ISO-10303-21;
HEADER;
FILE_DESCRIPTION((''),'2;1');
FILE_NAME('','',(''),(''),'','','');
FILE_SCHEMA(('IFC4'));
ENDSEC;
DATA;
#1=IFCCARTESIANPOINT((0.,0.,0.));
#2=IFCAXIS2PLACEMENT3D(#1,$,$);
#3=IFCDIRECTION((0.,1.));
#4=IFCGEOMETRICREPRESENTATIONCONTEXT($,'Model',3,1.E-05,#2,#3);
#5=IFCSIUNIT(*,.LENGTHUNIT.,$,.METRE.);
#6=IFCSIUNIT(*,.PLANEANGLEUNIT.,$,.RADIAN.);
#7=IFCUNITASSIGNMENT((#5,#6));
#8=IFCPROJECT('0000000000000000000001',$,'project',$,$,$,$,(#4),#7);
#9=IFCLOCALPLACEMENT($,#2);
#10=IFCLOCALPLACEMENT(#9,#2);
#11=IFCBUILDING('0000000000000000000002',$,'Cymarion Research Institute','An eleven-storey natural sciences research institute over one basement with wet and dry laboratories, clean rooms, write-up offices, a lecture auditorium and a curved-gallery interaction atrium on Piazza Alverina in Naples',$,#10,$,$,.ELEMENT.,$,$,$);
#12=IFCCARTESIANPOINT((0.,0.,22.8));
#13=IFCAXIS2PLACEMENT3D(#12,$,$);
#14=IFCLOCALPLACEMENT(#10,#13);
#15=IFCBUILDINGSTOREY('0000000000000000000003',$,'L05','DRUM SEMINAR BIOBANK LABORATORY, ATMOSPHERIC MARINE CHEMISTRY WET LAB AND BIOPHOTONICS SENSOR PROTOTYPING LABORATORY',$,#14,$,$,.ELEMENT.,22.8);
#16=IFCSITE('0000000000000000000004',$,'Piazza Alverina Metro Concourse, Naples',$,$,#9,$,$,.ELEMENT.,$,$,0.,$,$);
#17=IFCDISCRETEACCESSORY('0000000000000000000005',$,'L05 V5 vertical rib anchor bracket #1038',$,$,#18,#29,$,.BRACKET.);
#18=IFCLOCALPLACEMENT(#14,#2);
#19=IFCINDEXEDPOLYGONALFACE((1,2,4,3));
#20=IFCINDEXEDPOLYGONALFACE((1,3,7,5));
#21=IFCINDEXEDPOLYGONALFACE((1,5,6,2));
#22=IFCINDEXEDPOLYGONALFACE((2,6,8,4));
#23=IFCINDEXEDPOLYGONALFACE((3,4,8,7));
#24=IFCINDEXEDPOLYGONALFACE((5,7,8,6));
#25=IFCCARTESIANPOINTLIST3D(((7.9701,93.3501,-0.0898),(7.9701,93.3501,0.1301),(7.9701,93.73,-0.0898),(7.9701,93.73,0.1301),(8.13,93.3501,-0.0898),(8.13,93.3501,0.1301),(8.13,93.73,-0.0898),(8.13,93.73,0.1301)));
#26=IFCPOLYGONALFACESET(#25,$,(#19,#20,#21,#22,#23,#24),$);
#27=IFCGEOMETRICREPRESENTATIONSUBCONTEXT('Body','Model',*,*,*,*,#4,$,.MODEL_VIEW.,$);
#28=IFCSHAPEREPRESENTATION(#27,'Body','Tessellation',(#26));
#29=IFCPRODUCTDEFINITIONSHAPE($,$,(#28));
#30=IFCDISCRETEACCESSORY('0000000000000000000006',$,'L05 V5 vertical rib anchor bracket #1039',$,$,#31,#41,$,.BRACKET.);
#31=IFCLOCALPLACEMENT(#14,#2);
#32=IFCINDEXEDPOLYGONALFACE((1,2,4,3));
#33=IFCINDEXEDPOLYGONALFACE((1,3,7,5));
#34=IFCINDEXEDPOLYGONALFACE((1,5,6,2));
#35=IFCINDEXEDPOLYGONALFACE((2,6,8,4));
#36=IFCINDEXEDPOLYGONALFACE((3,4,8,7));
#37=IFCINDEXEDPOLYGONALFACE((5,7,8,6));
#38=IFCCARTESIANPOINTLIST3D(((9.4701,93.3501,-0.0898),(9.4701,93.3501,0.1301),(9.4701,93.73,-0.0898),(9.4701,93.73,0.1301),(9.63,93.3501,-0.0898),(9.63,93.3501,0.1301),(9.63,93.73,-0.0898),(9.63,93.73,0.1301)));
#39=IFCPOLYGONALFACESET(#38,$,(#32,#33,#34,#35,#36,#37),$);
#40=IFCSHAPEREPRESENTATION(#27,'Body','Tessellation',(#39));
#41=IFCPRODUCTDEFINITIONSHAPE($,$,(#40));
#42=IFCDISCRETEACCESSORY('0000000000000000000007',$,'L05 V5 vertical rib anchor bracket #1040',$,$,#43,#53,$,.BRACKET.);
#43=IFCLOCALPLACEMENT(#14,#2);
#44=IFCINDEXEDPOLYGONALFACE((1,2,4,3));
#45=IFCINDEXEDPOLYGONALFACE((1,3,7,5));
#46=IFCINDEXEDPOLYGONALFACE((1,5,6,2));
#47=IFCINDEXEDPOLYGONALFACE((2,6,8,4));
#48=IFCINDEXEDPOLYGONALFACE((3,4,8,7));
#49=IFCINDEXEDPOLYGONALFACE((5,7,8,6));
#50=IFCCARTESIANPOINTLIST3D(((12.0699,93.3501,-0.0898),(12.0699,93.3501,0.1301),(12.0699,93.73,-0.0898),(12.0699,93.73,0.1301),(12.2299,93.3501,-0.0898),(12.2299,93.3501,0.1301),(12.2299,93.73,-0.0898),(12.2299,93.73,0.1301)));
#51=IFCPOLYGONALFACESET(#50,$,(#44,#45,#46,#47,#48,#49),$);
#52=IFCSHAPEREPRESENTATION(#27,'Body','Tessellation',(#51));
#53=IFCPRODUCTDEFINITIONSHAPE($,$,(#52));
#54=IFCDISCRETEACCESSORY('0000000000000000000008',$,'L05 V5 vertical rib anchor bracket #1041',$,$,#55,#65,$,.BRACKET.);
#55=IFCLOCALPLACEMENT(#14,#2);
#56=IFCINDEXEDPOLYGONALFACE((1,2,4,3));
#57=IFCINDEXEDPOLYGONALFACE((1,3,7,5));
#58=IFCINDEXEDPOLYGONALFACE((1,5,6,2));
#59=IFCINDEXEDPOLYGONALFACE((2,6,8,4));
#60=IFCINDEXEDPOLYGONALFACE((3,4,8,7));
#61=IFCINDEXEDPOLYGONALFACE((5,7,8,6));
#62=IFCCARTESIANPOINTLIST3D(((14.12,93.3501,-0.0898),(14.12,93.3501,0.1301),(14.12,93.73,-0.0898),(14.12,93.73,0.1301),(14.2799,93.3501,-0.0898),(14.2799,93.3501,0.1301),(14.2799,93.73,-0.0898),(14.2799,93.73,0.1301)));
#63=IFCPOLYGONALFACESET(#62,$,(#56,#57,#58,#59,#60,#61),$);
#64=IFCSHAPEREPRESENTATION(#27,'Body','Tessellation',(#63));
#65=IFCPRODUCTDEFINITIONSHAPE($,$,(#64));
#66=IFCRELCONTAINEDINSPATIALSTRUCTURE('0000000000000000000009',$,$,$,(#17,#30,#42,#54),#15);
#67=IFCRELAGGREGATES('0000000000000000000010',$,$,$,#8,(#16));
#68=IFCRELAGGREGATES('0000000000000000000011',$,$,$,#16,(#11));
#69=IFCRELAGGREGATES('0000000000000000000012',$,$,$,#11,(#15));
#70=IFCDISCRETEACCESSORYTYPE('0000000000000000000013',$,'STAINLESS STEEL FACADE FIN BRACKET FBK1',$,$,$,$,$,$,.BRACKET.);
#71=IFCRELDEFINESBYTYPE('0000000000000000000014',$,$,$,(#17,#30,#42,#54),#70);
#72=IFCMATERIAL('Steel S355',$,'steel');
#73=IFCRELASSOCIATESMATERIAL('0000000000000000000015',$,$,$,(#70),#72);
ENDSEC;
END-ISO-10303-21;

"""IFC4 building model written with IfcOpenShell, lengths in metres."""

from ifc_helpers import new_model, si_unit, direction, frame, origin, origin_2d, place, context, subcontext, project, spatial, rectangle, extrude, material, type_object, element, save


model = new_model("IFC4")

# Units and contexts
model_context = context("Model", 3, precision=1e-05, world=origin(), true_north=direction((0.0, 1.0)))
body_context = subcontext(model_context, "Body", "Model", "MODEL_VIEW")
ifc_project = project(units=[si_unit("LENGTHUNIT", "METRE"), si_unit("PLANEANGLEUNIT", "RADIAN")], contexts=[model_context])

# Site, building, storey
site_placement = place(None, origin())
site = spatial("IfcSite", under=ifc_project, at=site_placement, Name="Piazza Alverina Metro Concourse, Naples", CompositionType="ELEMENT", RefElevation=0.0)
building_placement = place(site_placement, origin())
building = spatial("IfcBuilding", under=site, at=building_placement, Name="Cymarion Research Institute", Description="An eleven-storey natural sciences research institute over one basement with wet and dry laboratories, clean rooms, write-up offices, a lecture auditorium and a curved-gallery interaction atrium on Piazza Alverina in Naples", CompositionType="ELEMENT")
storey_placement = place(building_placement, frame((0.0, 0.0, 22.8)))
storey = spatial("IfcBuildingStorey", under=building, at=storey_placement, Name="L05", Description="DRUM SEMINAR BIOBANK LABORATORY, ATMOSPHERIC MARINE CHEMISTRY WET LAB AND BIOPHOTONICS SENSOR PROTOTYPING LABORATORY", CompositionType="ELEMENT", Elevation=22.8)

# Shared definitions
ifc_material_1 = material(Name="Steel S355", Category="steel")

# Discrete accessories
discrete_accessory_type = type_object("IfcDiscreteAccessoryType", Name="STAINLESS STEEL FACADE FIN BRACKET FBK1", PredefinedType="BRACKET", material=ifc_material_1)
for number, where, z_axis, x_axis, name in (
    (1, (8.05, 93.54, -0.0898), (0.0, 0.0, 1.0), (0.0, -1.0, 0.0), "L05 V5 vertical rib anchor bracket #1038"),
    (2, (9.55, 93.54, -0.0898), (0.0, 0.0, 1.0), (0.0, -1.0, 0.0), "L05 V5 vertical rib anchor bracket #1039"),
    (3, (12.1499, 93.54, -0.0898), (0.0, 0.0, 1.0), (0.0, -1.0, 0.0), "L05 V5 vertical rib anchor bracket #1040"),
    (4, (14.2, 93.54, -0.0898), (0.0, 0.0, 1.0), (0.0, -1.0, 0.0), "L05 V5 vertical rib anchor bracket #1041"),
):
    element("IfcDiscreteAccessory", number, at=place(storey_placement, frame(where, z_axis=z_axis, x_axis=x_axis)), inside=storey, type_object=discrete_accessory_type, Name=name, PredefinedType="BRACKET", context=body_context, shape_type="SweptSolid", body=[
        extrude(rectangle(XDim=0.3799, YDim=0.1599, at=origin_2d()), origin(), (0.0, 0.0, 1.0), 0.22),
    ])

save(model, "model.ifc")
